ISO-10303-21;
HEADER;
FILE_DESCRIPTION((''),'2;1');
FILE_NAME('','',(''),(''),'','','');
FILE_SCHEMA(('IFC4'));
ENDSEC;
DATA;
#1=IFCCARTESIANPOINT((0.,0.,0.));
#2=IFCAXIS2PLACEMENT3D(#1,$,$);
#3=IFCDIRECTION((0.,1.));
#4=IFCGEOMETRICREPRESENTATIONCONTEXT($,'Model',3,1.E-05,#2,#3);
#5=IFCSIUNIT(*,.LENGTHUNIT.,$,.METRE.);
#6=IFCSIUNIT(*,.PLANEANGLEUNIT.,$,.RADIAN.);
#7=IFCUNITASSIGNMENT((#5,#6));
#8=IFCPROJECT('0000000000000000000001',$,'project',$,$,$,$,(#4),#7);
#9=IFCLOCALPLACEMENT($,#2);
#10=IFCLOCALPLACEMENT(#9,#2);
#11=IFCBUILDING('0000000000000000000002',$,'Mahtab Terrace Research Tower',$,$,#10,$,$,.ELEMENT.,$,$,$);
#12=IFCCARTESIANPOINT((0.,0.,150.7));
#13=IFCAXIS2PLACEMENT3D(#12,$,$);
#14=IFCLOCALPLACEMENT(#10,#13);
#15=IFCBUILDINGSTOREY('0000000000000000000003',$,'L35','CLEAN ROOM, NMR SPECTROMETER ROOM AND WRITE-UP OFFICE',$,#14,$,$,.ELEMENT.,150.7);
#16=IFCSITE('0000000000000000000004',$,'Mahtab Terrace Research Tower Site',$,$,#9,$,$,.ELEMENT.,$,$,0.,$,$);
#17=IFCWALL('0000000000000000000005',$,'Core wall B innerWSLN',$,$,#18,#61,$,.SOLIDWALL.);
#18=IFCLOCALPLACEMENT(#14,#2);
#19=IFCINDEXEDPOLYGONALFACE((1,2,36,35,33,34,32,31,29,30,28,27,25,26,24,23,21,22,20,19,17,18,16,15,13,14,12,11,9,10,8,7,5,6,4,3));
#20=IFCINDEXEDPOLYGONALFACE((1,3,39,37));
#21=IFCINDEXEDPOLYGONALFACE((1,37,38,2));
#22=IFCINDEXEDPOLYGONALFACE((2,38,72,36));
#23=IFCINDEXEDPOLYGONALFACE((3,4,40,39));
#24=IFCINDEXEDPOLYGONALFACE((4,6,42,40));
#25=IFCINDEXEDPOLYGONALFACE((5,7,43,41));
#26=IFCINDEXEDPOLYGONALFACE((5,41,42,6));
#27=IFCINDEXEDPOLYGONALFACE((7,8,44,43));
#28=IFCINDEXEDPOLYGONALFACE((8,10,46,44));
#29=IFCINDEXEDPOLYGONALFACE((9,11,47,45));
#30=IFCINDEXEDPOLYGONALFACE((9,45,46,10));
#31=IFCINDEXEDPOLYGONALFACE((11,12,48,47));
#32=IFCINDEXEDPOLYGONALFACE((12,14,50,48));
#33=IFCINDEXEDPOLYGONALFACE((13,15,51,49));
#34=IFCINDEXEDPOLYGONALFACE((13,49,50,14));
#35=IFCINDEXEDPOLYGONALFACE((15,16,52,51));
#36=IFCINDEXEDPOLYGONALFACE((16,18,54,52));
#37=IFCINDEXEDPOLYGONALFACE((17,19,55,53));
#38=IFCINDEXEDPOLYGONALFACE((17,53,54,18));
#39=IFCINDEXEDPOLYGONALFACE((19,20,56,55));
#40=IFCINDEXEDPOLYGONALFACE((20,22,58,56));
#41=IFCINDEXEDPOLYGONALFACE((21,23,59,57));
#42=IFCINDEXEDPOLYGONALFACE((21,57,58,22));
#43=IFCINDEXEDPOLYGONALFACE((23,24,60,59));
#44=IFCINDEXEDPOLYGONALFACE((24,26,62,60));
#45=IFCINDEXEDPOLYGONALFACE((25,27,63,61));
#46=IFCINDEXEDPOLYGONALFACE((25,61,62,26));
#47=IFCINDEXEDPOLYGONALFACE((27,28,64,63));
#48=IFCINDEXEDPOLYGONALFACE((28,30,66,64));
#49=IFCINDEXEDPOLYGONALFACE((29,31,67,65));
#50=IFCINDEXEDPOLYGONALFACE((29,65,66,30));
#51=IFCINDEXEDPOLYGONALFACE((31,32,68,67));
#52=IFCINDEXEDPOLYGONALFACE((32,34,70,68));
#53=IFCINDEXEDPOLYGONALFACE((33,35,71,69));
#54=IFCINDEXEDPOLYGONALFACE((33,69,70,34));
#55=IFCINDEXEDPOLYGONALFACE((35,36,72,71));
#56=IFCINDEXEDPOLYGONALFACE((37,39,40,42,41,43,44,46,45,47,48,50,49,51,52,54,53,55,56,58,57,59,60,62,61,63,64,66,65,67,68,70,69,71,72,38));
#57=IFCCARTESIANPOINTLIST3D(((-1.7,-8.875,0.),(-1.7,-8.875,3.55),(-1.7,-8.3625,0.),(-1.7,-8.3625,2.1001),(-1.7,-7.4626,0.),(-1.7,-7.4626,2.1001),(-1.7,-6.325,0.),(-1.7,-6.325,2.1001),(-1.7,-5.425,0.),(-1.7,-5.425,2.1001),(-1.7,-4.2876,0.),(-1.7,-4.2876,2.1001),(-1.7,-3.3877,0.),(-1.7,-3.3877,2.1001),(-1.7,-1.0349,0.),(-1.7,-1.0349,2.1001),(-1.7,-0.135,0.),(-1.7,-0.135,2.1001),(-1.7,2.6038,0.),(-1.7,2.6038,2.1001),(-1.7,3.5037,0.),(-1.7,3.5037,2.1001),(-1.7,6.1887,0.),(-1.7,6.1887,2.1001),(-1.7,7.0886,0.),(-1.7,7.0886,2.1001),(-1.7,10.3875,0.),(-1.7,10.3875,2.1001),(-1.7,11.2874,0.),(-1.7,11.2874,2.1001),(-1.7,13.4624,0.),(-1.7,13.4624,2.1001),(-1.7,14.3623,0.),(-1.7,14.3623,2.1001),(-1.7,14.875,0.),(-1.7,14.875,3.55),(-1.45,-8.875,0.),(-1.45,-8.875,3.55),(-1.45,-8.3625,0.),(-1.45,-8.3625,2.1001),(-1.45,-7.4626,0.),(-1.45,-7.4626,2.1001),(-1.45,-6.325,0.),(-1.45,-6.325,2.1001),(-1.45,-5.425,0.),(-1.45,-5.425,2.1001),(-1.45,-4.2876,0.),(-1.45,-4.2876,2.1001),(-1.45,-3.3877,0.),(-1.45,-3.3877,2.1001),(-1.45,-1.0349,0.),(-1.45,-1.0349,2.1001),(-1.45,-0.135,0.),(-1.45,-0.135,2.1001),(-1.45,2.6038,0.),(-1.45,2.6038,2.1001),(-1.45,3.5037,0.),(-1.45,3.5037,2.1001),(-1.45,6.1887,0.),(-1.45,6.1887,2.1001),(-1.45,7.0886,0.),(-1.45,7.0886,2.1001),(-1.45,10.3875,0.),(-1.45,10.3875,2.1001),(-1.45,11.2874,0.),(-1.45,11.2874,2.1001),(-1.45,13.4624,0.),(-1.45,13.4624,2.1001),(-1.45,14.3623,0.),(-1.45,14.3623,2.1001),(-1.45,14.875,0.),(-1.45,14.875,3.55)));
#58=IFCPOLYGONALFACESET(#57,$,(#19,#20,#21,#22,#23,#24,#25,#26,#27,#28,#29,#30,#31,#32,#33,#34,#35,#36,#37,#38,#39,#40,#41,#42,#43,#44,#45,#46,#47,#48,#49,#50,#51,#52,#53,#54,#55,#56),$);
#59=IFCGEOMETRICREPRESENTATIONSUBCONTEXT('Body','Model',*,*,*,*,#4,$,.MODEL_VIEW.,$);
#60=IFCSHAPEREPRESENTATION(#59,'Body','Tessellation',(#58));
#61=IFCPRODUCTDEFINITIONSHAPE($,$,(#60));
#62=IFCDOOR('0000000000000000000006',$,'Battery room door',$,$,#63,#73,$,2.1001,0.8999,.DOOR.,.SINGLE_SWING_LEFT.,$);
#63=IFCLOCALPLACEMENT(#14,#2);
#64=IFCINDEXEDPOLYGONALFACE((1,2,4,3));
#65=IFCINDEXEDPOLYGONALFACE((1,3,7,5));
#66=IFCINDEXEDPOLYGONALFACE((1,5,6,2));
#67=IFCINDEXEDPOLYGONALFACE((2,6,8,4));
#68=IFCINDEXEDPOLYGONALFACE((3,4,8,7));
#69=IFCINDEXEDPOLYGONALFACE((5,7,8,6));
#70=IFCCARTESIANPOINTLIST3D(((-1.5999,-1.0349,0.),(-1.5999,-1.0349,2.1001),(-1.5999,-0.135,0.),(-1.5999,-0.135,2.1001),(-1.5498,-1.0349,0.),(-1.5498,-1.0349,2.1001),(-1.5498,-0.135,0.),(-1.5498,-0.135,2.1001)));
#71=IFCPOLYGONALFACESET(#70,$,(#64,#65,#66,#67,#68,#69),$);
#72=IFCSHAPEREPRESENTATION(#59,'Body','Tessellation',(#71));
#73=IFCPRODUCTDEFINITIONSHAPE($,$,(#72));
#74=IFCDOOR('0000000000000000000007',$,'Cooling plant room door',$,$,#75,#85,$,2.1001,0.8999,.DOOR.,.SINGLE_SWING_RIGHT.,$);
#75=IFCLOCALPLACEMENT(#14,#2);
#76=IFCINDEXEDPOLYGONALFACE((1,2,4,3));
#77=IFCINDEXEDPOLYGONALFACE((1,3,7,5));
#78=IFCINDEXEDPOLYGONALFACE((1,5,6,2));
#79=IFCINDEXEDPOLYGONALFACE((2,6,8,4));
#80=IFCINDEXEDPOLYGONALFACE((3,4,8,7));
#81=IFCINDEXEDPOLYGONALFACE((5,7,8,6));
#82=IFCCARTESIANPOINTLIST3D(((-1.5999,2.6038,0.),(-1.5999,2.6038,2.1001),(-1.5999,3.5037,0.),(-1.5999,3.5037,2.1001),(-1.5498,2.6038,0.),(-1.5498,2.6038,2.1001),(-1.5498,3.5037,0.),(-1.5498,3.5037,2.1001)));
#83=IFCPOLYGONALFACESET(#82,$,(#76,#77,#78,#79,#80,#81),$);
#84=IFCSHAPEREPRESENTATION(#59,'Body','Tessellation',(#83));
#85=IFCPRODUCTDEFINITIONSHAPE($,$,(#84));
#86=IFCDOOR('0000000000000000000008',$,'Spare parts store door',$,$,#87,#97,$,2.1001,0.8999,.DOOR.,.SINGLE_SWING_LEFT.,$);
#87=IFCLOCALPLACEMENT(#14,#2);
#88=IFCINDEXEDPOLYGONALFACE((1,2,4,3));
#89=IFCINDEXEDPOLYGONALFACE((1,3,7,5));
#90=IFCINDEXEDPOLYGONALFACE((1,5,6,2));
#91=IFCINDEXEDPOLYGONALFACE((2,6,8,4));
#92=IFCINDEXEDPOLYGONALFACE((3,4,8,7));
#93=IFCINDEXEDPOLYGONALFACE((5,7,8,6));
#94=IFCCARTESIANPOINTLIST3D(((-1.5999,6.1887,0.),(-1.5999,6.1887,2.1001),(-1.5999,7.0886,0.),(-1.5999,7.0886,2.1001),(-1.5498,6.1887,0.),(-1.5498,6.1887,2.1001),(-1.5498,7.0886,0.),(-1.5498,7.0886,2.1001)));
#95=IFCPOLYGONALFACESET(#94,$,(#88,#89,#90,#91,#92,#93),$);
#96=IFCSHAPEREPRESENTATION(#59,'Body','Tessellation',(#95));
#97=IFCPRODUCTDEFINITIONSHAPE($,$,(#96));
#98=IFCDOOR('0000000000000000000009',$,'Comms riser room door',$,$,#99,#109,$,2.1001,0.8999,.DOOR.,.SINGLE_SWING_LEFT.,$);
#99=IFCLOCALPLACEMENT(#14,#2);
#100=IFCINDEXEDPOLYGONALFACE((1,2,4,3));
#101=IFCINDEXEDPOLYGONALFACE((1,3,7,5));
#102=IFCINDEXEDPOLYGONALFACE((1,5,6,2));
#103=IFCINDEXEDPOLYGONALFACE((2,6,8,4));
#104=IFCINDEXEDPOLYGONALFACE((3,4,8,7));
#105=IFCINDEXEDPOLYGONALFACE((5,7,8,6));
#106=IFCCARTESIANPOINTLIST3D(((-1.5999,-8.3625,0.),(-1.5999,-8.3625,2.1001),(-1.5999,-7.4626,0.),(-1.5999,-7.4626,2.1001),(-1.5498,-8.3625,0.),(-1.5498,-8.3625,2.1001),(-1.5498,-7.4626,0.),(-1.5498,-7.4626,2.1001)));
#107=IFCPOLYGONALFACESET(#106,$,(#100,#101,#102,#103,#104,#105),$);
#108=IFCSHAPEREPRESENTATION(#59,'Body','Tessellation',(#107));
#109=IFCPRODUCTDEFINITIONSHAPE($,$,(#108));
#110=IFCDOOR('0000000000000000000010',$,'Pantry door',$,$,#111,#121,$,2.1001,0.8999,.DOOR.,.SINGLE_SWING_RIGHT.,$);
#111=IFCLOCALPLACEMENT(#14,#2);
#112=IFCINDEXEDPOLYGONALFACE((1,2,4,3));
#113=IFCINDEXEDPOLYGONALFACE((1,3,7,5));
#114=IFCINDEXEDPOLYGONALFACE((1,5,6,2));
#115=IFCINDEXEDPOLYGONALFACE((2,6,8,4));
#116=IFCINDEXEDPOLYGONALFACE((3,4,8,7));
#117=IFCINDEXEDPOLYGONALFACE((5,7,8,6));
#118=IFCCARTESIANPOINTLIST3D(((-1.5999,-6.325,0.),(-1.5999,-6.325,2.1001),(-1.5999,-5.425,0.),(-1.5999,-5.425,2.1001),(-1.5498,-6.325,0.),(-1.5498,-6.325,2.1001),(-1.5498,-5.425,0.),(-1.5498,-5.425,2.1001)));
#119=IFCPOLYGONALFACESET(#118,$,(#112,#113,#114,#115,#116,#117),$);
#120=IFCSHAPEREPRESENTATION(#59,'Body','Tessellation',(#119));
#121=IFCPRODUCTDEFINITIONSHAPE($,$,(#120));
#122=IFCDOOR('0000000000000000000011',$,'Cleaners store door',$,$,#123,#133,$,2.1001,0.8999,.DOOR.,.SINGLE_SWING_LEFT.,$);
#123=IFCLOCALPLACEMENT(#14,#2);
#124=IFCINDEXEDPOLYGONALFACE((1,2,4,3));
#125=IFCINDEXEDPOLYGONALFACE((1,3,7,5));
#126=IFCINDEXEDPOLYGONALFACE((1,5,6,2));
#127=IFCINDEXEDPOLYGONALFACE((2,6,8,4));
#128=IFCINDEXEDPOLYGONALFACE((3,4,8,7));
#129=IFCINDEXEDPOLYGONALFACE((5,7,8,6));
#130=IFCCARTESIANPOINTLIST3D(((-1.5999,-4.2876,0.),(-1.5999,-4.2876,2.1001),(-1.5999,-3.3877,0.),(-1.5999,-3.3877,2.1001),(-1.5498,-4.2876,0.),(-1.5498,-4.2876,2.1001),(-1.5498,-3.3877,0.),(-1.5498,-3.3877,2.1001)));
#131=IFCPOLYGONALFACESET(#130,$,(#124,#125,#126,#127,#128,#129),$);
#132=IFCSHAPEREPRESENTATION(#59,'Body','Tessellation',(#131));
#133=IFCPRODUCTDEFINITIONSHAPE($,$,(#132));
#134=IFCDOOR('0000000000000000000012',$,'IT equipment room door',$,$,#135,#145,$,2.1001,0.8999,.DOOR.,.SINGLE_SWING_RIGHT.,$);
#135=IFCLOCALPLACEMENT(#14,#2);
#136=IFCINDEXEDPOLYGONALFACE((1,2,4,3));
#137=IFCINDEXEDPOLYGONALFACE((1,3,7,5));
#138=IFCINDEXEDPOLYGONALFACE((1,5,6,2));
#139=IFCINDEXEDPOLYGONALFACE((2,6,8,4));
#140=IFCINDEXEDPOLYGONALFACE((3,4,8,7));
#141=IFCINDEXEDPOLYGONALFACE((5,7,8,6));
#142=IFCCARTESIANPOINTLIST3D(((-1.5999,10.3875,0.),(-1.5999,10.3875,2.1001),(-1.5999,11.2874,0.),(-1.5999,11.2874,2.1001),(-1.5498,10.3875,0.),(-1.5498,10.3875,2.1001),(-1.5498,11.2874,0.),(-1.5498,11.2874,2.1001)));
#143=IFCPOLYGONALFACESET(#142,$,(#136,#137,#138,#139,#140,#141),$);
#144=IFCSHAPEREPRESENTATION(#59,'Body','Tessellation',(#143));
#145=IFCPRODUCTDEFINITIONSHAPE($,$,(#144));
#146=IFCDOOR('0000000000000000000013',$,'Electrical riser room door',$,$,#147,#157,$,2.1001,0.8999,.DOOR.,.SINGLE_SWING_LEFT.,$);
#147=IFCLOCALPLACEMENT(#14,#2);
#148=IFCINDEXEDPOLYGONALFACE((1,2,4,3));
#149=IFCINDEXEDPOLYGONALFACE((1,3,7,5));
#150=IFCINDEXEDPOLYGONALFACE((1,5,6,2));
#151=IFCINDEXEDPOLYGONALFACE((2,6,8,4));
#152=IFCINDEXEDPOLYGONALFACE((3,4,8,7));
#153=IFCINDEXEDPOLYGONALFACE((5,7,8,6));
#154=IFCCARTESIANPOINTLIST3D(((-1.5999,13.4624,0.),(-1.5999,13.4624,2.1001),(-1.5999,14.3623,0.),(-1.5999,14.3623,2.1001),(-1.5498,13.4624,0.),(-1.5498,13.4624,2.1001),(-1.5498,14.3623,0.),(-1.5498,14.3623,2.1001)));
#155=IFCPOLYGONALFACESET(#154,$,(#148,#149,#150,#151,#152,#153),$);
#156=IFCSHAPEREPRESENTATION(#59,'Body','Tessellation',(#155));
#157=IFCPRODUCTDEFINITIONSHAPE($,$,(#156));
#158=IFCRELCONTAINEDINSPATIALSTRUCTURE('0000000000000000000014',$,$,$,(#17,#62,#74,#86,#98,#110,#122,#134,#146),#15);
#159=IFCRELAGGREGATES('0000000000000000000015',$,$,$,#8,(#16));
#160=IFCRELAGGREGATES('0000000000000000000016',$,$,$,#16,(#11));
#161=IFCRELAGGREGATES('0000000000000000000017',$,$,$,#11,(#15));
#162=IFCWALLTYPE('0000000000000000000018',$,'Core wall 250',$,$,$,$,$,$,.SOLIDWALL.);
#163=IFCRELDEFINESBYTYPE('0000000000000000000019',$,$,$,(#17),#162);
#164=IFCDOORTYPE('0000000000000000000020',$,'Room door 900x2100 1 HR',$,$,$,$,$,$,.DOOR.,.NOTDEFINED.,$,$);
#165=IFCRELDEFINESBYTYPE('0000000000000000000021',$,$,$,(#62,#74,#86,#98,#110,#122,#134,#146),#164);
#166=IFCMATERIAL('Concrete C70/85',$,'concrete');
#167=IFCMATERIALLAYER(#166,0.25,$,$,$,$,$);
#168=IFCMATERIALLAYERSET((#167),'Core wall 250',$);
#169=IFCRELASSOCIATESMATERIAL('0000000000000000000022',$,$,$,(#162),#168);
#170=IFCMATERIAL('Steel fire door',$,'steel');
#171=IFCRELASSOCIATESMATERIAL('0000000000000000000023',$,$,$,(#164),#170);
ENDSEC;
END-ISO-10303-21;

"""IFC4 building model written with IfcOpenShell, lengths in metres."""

from ifc_helpers import new_model, si_unit, direction, frame, frame_2d, origin, place, context, subcontext, project, spatial, rectangle, extrude, material, layer, layer_set, type_object, element, fill, save


model = new_model("IFC4")

# Units and contexts
model_context = context("Model", 3, precision=1e-05, world=origin(), true_north=direction((0.0, 1.0)))
body_context = subcontext(model_context, "Body", "Model", "MODEL_VIEW")
ifc_project = project(units=[si_unit("LENGTHUNIT", "METRE"), si_unit("PLANEANGLEUNIT", "RADIAN")], contexts=[model_context])

# Site, building, storey
site_placement = place(None, origin())
site = spatial("IfcSite", under=ifc_project, at=site_placement, Name="Mahtab Terrace Research Tower Site", CompositionType="ELEMENT", RefElevation=0.0)
building_placement = place(site_placement, origin())
building = spatial("IfcBuilding", under=site, at=building_placement, Name="Mahtab Terrace Research Tower", CompositionType="ELEMENT")
storey_placement = place(building_placement, frame((0.0, 0.0, 150.7)))
storey = spatial("IfcBuildingStorey", under=building, at=storey_placement, Name="L35", Description="CLEAN ROOM, NMR SPECTROMETER ROOM AND WRITE-UP OFFICE", CompositionType="ELEMENT", Elevation=150.7)

# Shared definitions
ifc_material_1 = material(Name="Concrete C70/85", Category="concrete")
ifc_layer_1 = layer(ifc_material_1, 0.25)
ifc_layer_set_1 = layer_set([ifc_layer_1], Name="Core wall 250")
wall_type_1 = type_object("IfcWallType", Name="Core wall 250", PredefinedType="SOLIDWALL", material=ifc_layer_set_1)

# Shared definitions
ifc_material_2 = material(Name="Steel fire door", Category="steel")

# Wall, openings, doors
wall_1_placement = place(storey_placement, frame((-1.575, -8.875, 0.0), z_axis=(0.0, 0.0, 1.0), x_axis=(0.0, 1.0, 0.0)))
wall_1 = element("IfcWall", 1, at=wall_1_placement, inside=storey, type_object=wall_type_1, Name="Core wall B innerWSLN", PredefinedType="SOLIDWALL", context=body_context, shape_type="SweptSolid", body=[
    extrude(rectangle(XDim=23.75, YDim=0.25, at=frame_2d((11.875, 0.0))), origin(), (0.0, 0.0, 1.0), 3.55),
])
opening_1_placement = place(wall_1_placement, frame((7.8401, 0.0, 0.0)))
opening_1 = element("IfcOpeningElement", 2, at=opening_1_placement, cuts=wall_1, PredefinedType="OPENING", context=body_context, shape_type="SweptSolid", body=[
    extrude(rectangle(XDim=0.8999, YDim=2.1001, at=frame_2d((0.45, 1.05))), frame((0.0, 0.135, 0.0), z_axis=(0.0, -1.0, 0.0), x_axis=(1.0, 0.0, 0.0)), (0.0, 0.0, 1.0), 0.27),
])
opening_2_placement = place(wall_1_placement, frame((11.4788, 0.0, 0.0)))
opening_2 = element("IfcOpeningElement", 3, at=opening_2_placement, cuts=wall_1, PredefinedType="OPENING", context=body_context, shape_type="SweptSolid", body=[
    extrude(rectangle(XDim=0.8999, YDim=2.1001, at=frame_2d((0.45, 1.05))), frame((0.0, 0.135, 0.0), z_axis=(0.0, -1.0, 0.0), x_axis=(1.0, 0.0, 0.0)), (0.0, 0.0, 1.0), 0.27),
])
opening_3_placement = place(wall_1_placement, frame((15.0637, 0.0, 0.0)))
opening_3 = element("IfcOpeningElement", 4, at=opening_3_placement, cuts=wall_1, PredefinedType="OPENING", context=body_context, shape_type="SweptSolid", body=[
    extrude(rectangle(XDim=0.8999, YDim=2.1001, at=frame_2d((0.45, 1.05))), frame((0.0, 0.135, 0.0), z_axis=(0.0, -1.0, 0.0), x_axis=(1.0, 0.0, 0.0)), (0.0, 0.0, 1.0), 0.27),
])
opening_4_placement = place(wall_1_placement, frame((0.5125, 0.0, 0.0)))
opening_4 = element("IfcOpeningElement", 5, at=opening_4_placement, cuts=wall_1, PredefinedType="OPENING", context=body_context, shape_type="SweptSolid", body=[
    extrude(rectangle(XDim=0.8999, YDim=2.1001, at=frame_2d((0.45, 1.05))), frame((0.0, 0.135, 0.0), z_axis=(0.0, -1.0, 0.0), x_axis=(1.0, 0.0, 0.0)), (0.0, 0.0, 1.0), 0.27),
])
opening_5_placement = place(wall_1_placement, frame((2.55, 0.0, 0.0)))
opening_5 = element("IfcOpeningElement", 6, at=opening_5_placement, cuts=wall_1, PredefinedType="OPENING", context=body_context, shape_type="SweptSolid", body=[
    extrude(rectangle(XDim=0.8999, YDim=2.1001, at=frame_2d((0.45, 1.05))), frame((0.0, 0.135, 0.0), z_axis=(0.0, -1.0, 0.0), x_axis=(1.0, 0.0, 0.0)), (0.0, 0.0, 1.0), 0.27),
])
opening_6_placement = place(wall_1_placement, frame((4.5874, 0.0, 0.0)))
opening_6 = element("IfcOpeningElement", 7, at=opening_6_placement, cuts=wall_1, PredefinedType="OPENING", context=body_context, shape_type="SweptSolid", body=[
    extrude(rectangle(XDim=0.8999, YDim=2.1001, at=frame_2d((0.45, 1.05))), frame((0.0, 0.135, 0.0), z_axis=(0.0, -1.0, 0.0), x_axis=(1.0, 0.0, 0.0)), (0.0, 0.0, 1.0), 0.27),
])
opening_7_placement = place(wall_1_placement, frame((19.2625, 0.0, 0.0)))
opening_7 = element("IfcOpeningElement", 8, at=opening_7_placement, cuts=wall_1, PredefinedType="OPENING", context=body_context, shape_type="SweptSolid", body=[
    extrude(rectangle(XDim=0.8999, YDim=2.1001, at=frame_2d((0.45, 1.05))), frame((0.0, 0.135, 0.0), z_axis=(0.0, -1.0, 0.0), x_axis=(1.0, 0.0, 0.0)), (0.0, 0.0, 1.0), 0.27),
])
opening_8_placement = place(wall_1_placement, frame((22.3374, 0.0, 0.0)))
opening_8 = element("IfcOpeningElement", 9, at=opening_8_placement, cuts=wall_1, PredefinedType="OPENING", context=body_context, shape_type="SweptSolid", body=[
    extrude(rectangle(XDim=0.8999, YDim=2.1001, at=frame_2d((0.45, 1.05))), frame((0.0, 0.135, 0.0), z_axis=(0.0, -1.0, 0.0), x_axis=(1.0, 0.0, 0.0)), (0.0, 0.0, 1.0), 0.27),
])
door_type_1 = type_object("IfcDoorType", Name="Room door 900x2100 1 HR", OperationType="NOTDEFINED", PredefinedType="DOOR", material=ifc_material_2)
door_1_placement = place(opening_1_placement, origin())
door_1 = element("IfcDoor", 10, at=door_1_placement, inside=storey, type_object=door_type_1, Name="Battery room door", OperationType="SINGLE_SWING_LEFT", OverallHeight=2.1001, OverallWidth=0.8999, PredefinedType="DOOR", context=body_context, shape_type="SweptSolid", body=[
    extrude(rectangle(XDim=0.8999, YDim=2.1001, at=frame_2d((0.45, 1.05))), frame((0.0, 0.0249, 0.0), z_axis=(0.0, -1.0, 0.0), x_axis=(1.0, 0.0, 0.0)), (0.0, 0.0, 1.0), 0.05),
])
fill(opening_1, door_1)
door_2_placement = place(opening_2_placement, origin())
door_2 = element("IfcDoor", 11, at=door_2_placement, inside=storey, type_object=door_type_1, Name="Cooling plant room door", OperationType="SINGLE_SWING_RIGHT", OverallHeight=2.1001, OverallWidth=0.8999, PredefinedType="DOOR", context=body_context, shape_type="SweptSolid", body=[
    extrude(rectangle(XDim=0.8999, YDim=2.1001, at=frame_2d((0.45, 1.05))), frame((0.0, 0.0249, 0.0), z_axis=(0.0, -1.0, 0.0), x_axis=(1.0, 0.0, 0.0)), (0.0, 0.0, 1.0), 0.05),
])
fill(opening_2, door_2)
door_3_placement = place(opening_3_placement, origin())
door_3 = element("IfcDoor", 12, at=door_3_placement, inside=storey, type_object=door_type_1, Name="Spare parts store door", OperationType="SINGLE_SWING_LEFT", OverallHeight=2.1001, OverallWidth=0.8999, PredefinedType="DOOR", context=body_context, shape_type="SweptSolid", body=[
    extrude(rectangle(XDim=0.8999, YDim=2.1001, at=frame_2d((0.45, 1.05))), frame((0.0, 0.0249, 0.0), z_axis=(0.0, -1.0, 0.0), x_axis=(1.0, 0.0, 0.0)), (0.0, 0.0, 1.0), 0.05),
])
fill(opening_3, door_3)
door_4_placement = place(opening_4_placement, origin())
door_4 = element("IfcDoor", 13, at=door_4_placement, inside=storey, type_object=door_type_1, Name="Comms riser room door", OperationType="SINGLE_SWING_LEFT", OverallHeight=2.1001, OverallWidth=0.8999, PredefinedType="DOOR", context=body_context, shape_type="SweptSolid", body=[
    extrude(rectangle(XDim=0.8999, YDim=2.1001, at=frame_2d((0.45, 1.05))), frame((0.0, 0.0249, 0.0), z_axis=(0.0, -1.0, 0.0), x_axis=(1.0, 0.0, 0.0)), (0.0, 0.0, 1.0), 0.05),
])
fill(opening_4, door_4)
door_5_placement = place(opening_5_placement, origin())
door_5 = element("IfcDoor", 14, at=door_5_placement, inside=storey, type_object=door_type_1, Name="Pantry door", OperationType="SINGLE_SWING_RIGHT", OverallHeight=2.1001, OverallWidth=0.8999, PredefinedType="DOOR", context=body_context, shape_type="SweptSolid", body=[
    extrude(rectangle(XDim=0.8999, YDim=2.1001, at=frame_2d((0.45, 1.05))), frame((0.0, 0.0249, 0.0), z_axis=(0.0, -1.0, 0.0), x_axis=(1.0, 0.0, 0.0)), (0.0, 0.0, 1.0), 0.05),
])
fill(opening_5, door_5)
door_6_placement = place(opening_6_placement, origin())
door_6 = element("IfcDoor", 15, at=door_6_placement, inside=storey, type_object=door_type_1, Name="Cleaners store door", OperationType="SINGLE_SWING_LEFT", OverallHeight=2.1001, OverallWidth=0.8999, PredefinedType="DOOR", context=body_context, shape_type="SweptSolid", body=[
    extrude(rectangle(XDim=0.8999, YDim=2.1001, at=frame_2d((0.45, 1.05))), frame((0.0, 0.0249, 0.0), z_axis=(0.0, -1.0, 0.0), x_axis=(1.0, 0.0, 0.0)), (0.0, 0.0, 1.0), 0.05),
])
fill(opening_6, door_6)
door_7_placement = place(opening_7_placement, origin())
door_7 = element("IfcDoor", 16, at=door_7_placement, inside=storey, type_object=door_type_1, Name="IT equipment room door", OperationType="SINGLE_SWING_RIGHT", OverallHeight=2.1001, OverallWidth=0.8999, PredefinedType="DOOR", context=body_context, shape_type="SweptSolid", body=[
    extrude(rectangle(XDim=0.8999, YDim=2.1001, at=frame_2d((0.45, 1.05))), frame((0.0, 0.0249, 0.0), z_axis=(0.0, -1.0, 0.0), x_axis=(1.0, 0.0, 0.0)), (0.0, 0.0, 1.0), 0.05),
])
fill(opening_7, door_7)
door_8_placement = place(opening_8_placement, origin())
door_8 = element("IfcDoor", 17, at=door_8_placement, inside=storey, type_object=door_type_1, Name="Electrical riser room door", OperationType="SINGLE_SWING_LEFT", OverallHeight=2.1001, OverallWidth=0.8999, PredefinedType="DOOR", context=body_context, shape_type="SweptSolid", body=[
    extrude(rectangle(XDim=0.8999, YDim=2.1001, at=frame_2d((0.45, 1.05))), frame((0.0, 0.0249, 0.0), z_axis=(0.0, -1.0, 0.0), x_axis=(1.0, 0.0, 0.0)), (0.0, 0.0, 1.0), 0.05),
])
fill(opening_8, door_8)

save(model, "model.ifc")
